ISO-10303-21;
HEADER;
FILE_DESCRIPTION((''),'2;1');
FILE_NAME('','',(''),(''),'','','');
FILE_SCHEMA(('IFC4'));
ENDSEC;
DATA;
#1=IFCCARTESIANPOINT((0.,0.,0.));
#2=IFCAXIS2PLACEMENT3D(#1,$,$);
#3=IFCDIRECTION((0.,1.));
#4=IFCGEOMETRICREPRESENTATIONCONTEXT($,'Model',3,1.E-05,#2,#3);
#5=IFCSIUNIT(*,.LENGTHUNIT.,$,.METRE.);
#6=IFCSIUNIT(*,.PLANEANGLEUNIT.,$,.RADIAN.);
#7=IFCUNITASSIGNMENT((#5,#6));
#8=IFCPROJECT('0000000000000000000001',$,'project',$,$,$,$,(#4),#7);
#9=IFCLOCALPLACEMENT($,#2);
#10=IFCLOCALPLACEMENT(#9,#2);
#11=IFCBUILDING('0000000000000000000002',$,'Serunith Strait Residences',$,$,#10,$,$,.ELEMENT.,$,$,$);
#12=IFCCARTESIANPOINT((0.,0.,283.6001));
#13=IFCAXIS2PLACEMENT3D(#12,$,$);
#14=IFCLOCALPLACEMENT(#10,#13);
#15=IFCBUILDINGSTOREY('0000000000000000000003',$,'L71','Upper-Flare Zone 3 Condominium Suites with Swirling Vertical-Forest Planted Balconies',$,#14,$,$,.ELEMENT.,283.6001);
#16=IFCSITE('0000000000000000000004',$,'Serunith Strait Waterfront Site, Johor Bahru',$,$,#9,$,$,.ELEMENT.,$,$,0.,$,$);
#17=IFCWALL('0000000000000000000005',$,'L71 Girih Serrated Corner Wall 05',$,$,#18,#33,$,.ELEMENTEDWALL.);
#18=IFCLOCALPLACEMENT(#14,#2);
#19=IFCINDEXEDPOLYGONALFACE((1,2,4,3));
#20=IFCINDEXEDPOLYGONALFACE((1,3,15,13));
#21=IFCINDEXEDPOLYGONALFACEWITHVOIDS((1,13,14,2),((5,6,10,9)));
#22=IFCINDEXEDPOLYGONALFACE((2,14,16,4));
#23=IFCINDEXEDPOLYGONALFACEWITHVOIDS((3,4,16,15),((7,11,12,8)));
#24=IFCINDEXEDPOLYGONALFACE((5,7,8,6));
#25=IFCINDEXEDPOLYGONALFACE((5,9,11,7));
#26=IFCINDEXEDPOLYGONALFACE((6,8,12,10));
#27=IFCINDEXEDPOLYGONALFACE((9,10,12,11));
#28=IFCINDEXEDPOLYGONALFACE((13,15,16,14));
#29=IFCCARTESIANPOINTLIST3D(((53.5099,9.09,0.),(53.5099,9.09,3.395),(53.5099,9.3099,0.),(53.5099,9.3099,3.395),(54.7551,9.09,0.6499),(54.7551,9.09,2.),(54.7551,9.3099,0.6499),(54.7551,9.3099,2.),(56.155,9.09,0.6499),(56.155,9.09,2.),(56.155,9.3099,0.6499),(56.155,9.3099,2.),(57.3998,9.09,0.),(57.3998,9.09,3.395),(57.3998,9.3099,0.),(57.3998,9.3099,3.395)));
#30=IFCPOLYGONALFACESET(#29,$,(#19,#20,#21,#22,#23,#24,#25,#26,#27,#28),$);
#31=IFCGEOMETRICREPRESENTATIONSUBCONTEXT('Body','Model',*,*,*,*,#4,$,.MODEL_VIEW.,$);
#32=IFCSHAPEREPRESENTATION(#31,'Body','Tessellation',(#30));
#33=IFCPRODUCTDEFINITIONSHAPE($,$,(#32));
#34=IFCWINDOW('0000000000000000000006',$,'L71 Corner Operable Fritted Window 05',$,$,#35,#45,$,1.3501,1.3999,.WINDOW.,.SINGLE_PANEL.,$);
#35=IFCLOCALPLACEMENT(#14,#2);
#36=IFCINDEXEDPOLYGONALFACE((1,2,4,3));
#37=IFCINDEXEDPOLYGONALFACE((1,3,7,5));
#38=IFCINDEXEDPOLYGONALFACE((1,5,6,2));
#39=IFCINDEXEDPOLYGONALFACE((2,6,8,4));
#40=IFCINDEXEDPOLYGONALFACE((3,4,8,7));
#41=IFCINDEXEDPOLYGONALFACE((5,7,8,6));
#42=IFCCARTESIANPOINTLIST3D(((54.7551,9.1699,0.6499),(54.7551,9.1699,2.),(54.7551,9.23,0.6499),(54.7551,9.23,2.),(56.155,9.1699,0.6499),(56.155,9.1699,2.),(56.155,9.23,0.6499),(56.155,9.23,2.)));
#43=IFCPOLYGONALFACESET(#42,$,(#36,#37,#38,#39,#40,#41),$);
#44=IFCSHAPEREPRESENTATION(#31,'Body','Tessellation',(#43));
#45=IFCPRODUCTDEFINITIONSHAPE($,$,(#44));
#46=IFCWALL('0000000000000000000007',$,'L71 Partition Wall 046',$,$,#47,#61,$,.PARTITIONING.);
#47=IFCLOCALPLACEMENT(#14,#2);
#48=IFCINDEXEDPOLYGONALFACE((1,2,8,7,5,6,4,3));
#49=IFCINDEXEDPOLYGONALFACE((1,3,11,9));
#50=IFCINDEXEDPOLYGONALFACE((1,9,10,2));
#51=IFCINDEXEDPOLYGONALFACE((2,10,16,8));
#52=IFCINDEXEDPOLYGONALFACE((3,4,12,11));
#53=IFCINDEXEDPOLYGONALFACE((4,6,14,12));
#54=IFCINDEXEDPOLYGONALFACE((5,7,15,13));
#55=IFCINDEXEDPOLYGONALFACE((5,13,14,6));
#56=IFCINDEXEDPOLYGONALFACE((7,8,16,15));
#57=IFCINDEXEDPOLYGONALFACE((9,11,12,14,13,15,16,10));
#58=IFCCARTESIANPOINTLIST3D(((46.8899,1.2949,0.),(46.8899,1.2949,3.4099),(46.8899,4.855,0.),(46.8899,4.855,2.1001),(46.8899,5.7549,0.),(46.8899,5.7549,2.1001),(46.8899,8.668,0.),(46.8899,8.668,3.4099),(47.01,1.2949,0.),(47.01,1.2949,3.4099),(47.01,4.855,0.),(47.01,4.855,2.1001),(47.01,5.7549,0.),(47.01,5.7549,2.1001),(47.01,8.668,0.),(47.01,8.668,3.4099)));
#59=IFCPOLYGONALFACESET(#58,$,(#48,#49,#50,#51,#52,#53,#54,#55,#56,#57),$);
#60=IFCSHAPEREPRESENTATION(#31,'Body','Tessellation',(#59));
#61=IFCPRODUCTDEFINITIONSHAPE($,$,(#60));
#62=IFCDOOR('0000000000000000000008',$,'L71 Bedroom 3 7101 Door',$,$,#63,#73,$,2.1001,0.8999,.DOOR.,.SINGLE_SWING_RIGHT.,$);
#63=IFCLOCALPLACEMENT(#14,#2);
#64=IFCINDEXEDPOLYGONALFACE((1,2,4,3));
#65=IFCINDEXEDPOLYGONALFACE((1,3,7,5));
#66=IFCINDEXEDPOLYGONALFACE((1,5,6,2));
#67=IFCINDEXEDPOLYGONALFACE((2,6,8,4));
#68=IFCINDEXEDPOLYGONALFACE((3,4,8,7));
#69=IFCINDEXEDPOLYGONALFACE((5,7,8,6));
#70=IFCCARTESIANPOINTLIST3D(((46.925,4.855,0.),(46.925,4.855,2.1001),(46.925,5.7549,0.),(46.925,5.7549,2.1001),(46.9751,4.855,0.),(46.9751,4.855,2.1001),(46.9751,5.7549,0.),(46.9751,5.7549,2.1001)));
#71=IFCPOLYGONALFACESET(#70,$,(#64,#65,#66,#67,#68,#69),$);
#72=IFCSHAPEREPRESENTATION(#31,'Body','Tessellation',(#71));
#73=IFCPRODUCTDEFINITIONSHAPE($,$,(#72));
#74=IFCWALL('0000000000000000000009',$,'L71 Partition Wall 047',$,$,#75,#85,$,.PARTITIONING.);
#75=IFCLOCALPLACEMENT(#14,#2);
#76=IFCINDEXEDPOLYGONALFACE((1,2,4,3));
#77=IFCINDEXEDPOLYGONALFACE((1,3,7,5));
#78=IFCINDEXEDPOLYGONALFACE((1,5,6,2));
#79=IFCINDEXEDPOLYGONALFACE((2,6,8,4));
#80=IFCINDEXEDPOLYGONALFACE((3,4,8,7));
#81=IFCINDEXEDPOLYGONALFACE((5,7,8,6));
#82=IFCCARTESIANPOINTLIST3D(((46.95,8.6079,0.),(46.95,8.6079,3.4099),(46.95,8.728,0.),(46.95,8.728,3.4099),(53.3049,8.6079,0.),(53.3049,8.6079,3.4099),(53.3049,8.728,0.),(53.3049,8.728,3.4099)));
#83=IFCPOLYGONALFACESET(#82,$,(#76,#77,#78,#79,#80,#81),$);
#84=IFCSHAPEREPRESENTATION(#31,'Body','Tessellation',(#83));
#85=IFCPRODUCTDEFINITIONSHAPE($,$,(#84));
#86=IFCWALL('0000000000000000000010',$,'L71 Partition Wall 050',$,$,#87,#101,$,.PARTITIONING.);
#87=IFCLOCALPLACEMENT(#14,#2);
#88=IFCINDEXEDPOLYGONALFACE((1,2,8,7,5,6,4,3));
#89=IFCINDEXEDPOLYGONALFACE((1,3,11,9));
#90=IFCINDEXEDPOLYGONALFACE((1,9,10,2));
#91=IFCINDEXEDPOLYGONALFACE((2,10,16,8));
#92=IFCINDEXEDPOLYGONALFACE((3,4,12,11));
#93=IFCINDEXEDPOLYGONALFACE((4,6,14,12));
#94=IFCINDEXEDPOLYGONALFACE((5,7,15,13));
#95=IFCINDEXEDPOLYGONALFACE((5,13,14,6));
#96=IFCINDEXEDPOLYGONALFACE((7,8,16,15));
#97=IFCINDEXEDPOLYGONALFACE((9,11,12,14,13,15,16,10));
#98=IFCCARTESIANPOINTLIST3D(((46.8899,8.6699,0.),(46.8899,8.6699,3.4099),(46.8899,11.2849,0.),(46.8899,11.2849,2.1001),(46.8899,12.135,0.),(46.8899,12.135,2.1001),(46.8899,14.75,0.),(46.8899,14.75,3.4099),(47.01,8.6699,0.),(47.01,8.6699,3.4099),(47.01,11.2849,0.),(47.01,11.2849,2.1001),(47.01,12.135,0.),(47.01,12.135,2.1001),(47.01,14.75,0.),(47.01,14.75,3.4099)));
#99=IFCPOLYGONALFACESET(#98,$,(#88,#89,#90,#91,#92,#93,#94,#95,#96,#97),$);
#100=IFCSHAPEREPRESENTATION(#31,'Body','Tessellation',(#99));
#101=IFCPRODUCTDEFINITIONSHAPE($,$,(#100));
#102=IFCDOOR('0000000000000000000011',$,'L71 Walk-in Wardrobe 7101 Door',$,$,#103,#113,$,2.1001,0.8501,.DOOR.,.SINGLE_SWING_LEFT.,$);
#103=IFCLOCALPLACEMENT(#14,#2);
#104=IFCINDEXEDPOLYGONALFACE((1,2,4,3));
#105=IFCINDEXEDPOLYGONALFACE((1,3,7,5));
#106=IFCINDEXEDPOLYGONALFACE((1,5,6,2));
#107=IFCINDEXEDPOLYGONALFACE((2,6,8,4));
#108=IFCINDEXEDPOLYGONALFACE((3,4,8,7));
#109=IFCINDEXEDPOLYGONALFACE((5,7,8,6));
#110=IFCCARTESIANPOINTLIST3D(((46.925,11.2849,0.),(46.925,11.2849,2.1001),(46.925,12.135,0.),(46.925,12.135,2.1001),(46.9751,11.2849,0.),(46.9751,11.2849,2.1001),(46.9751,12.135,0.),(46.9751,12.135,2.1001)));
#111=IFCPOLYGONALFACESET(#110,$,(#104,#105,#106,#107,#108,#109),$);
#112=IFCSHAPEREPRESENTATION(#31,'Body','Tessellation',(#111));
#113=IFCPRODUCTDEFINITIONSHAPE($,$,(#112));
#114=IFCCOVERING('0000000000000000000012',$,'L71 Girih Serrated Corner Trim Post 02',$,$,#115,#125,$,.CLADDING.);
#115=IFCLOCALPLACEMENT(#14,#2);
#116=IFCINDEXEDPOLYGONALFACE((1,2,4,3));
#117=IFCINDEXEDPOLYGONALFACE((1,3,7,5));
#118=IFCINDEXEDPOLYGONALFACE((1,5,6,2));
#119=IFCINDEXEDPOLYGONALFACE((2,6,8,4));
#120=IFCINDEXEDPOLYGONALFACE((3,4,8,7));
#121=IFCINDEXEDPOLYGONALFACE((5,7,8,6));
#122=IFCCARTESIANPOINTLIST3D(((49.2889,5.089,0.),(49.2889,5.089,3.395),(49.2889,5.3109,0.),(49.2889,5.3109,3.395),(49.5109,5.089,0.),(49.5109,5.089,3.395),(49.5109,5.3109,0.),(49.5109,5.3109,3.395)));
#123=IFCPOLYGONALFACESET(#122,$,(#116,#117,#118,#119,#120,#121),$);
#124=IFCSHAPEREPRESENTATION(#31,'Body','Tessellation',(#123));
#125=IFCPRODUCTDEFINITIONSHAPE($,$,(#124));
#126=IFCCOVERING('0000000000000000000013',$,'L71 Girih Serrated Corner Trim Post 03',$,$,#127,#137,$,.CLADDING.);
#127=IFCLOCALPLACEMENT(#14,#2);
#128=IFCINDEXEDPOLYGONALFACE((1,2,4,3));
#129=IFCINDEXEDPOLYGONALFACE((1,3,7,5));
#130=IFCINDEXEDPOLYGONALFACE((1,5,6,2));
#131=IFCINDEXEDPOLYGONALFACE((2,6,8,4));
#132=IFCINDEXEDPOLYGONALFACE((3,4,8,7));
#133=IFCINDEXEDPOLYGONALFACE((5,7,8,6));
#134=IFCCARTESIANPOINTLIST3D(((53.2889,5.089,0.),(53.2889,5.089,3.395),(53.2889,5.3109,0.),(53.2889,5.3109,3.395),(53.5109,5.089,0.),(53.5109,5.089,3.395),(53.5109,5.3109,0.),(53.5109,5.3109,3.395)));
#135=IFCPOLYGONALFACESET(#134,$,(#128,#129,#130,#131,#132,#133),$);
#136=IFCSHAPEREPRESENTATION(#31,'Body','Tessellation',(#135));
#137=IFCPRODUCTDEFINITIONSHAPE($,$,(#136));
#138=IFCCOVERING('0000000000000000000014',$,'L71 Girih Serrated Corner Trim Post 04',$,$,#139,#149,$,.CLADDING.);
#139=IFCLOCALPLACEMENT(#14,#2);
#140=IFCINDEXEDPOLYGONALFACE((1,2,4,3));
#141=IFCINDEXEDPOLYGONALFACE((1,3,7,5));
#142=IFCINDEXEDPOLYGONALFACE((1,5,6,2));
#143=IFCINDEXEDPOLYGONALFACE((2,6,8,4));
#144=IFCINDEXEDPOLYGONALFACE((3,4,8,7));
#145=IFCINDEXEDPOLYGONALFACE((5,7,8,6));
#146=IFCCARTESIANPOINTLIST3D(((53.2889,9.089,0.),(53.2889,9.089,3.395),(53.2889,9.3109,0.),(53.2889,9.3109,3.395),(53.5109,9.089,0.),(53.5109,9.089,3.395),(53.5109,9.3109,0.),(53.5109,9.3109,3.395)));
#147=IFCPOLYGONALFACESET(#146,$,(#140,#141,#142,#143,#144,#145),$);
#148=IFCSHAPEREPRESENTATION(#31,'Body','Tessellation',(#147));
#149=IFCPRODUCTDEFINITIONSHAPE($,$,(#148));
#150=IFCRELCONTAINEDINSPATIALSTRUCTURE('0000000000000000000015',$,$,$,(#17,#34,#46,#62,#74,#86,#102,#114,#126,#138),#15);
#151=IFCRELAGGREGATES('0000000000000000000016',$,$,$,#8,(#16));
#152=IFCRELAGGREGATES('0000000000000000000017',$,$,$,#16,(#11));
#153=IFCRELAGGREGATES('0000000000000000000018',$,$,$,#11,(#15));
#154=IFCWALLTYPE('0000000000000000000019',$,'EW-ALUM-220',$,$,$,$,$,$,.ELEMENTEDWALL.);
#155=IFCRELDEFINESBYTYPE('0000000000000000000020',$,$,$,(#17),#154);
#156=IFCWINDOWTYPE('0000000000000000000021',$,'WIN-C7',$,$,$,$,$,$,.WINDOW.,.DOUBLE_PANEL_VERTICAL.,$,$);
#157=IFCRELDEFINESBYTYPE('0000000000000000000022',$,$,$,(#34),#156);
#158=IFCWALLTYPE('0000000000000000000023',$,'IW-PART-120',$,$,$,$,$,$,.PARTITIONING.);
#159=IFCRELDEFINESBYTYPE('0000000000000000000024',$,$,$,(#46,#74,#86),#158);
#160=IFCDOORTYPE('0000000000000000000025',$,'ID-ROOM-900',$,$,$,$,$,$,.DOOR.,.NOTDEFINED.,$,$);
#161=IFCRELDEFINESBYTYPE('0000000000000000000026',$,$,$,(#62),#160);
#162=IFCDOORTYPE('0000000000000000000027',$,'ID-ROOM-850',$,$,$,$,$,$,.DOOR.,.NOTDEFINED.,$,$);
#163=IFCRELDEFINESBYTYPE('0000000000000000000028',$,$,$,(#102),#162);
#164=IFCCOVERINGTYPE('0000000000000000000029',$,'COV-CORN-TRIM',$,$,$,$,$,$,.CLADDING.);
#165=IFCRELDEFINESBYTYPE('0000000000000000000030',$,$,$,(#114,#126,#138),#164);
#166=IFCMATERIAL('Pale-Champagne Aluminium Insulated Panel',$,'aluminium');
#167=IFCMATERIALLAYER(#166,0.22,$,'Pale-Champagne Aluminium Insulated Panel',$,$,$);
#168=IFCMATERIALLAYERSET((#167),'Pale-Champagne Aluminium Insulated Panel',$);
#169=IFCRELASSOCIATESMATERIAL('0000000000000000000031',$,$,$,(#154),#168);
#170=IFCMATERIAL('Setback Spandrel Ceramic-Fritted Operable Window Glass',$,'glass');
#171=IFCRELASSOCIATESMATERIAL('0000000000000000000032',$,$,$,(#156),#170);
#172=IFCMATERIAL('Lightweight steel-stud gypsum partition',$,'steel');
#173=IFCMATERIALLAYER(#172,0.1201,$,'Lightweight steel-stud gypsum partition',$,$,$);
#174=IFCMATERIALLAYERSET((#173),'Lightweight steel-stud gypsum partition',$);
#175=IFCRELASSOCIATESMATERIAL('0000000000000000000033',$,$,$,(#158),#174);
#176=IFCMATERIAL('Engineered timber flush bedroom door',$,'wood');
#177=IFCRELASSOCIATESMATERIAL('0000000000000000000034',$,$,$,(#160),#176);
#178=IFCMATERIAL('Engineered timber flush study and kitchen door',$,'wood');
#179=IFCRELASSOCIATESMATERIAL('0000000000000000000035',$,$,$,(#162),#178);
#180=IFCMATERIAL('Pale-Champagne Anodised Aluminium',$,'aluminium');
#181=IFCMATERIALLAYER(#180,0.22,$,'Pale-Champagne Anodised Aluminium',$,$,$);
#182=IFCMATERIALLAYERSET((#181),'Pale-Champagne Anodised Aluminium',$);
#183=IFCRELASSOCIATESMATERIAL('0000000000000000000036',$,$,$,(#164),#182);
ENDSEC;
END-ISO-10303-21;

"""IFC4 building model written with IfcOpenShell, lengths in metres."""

from ifc_helpers import new_model, si_unit, direction, frame, frame_2d, origin, origin_2d, place, context, subcontext, project, spatial, rectangle, extrude, source, transform, mapped, material, layer, layer_set, type_object, element, fill, save


model = new_model("IFC4")

# Units and contexts
model_context = context("Model", 3, precision=1e-05, world=origin(), true_north=direction((0.0, 1.0)))
body_context = subcontext(model_context, "Body", "Model", "MODEL_VIEW")
ifc_project = project(units=[si_unit("LENGTHUNIT", "METRE"), si_unit("PLANEANGLEUNIT", "RADIAN")], contexts=[model_context])

# Site, building, storey
site_placement = place(None, origin())
site = spatial("IfcSite", under=ifc_project, at=site_placement, Name="Serunith Strait Waterfront Site, Johor Bahru", CompositionType="ELEMENT", RefElevation=0.0)
building_placement = place(site_placement, origin())
building = spatial("IfcBuilding", under=site, at=building_placement, Name="Serunith Strait Residences", CompositionType="ELEMENT")
storey_placement = place(building_placement, frame((0.0, 0.0, 283.6001)))
storey = spatial("IfcBuildingStorey", under=building, at=storey_placement, Name="L71", Description="Upper-Flare Zone 3 Condominium Suites with Swirling Vertical-Forest Planted Balconies", CompositionType="ELEMENT", Elevation=283.6001)

# Shared definitions
ifc_material_1 = material(Name="Pale-Champagne Anodised Aluminium", Category="aluminium")

# Wall, opening, window
ifc_material_2 = material(Name="Pale-Champagne Aluminium Insulated Panel", Category="aluminium")
ifc_layer_1 = layer(ifc_material_2, 0.22, Name="Pale-Champagne Aluminium Insulated Panel")
ifc_layer_set_1 = layer_set([ifc_layer_1], Name="Pale-Champagne Aluminium Insulated Panel")
wall_type_1 = type_object("IfcWallType", Name="EW-ALUM-220", PredefinedType="ELEMENTEDWALL", material=ifc_layer_set_1)
ifc_material_3 = material(Name="Setback Spandrel Ceramic-Fritted Operable Window Glass", Category="glass")
window_type = type_object("IfcWindowType", Name="WIN-C7", PartitioningType="DOUBLE_PANEL_VERTICAL", PredefinedType="WINDOW", material=ifc_material_3)
shared_shape_1 = source(origin(), body_context, "Body", "SweptSolid", [
    extrude(rectangle(XDim=1.3999, YDim=1.3501, at=frame_2d((0.7, 0.675))), frame((0.0, 0.03, 0.0), z_axis=(0.0, -1.0, 0.0), x_axis=(1.0, 0.0, 0.0)), (0.0, 0.0, 1.0), 0.0601),
])
wall_1_placement = place(storey_placement, frame((53.51, 9.2, 0.0), z_axis=(0.0, 0.0, 1.0), x_axis=(1.0, 0.0, 0.0)))
wall_1 = element("IfcWall", 1, at=wall_1_placement, inside=storey, type_object=wall_type_1, Name="L71 Girih Serrated Corner Wall 05", PredefinedType="ELEMENTEDWALL", context=body_context, shape_type="SweptSolid", body=[
    extrude(rectangle(XDim=3.8899, YDim=0.22, at=frame_2d((1.9448, 0.0))), origin(), (0.0, 0.0, 1.0), 3.395),
])
opening_1_placement = place(wall_1_placement, frame((1.2451, 0.0, 0.6499)))
opening_1 = element("IfcOpeningElement", 2, at=opening_1_placement, cuts=wall_1, PredefinedType="OPENING", context=body_context, shape_type="SweptSolid", body=[
    extrude(rectangle(XDim=1.3999, YDim=1.3501, at=frame_2d((0.7, 0.675))), frame((0.0, 0.1201, 0.0), z_axis=(0.0, -1.0, 0.0), x_axis=(1.0, 0.0, 0.0)), (0.0, 0.0, 1.0), 0.24),
])
window_1_placement = place(opening_1_placement, origin())
window_1 = element("IfcWindow", 3, at=window_1_placement, inside=storey, type_object=window_type, Name="L71 Corner Operable Fritted Window 05", OverallHeight=1.3501, OverallWidth=1.3999, PartitioningType="SINGLE_PANEL", PredefinedType="WINDOW", context=body_context, shape_type="MappedRepresentation", body=[
    mapped(shared_shape_1, transform((0.0, 0.0, 0.0), scale=1.0)),
])
fill(opening_1, window_1)

# Wall, opening, door
ifc_material_4 = material(Name="Lightweight steel-stud gypsum partition", Category="steel")
ifc_layer_2 = layer(ifc_material_4, 0.1201, Name="Lightweight steel-stud gypsum partition")
ifc_layer_set_2 = layer_set([ifc_layer_2], Name="Lightweight steel-stud gypsum partition")
wall_type_2 = type_object("IfcWallType", Name="IW-PART-120", PredefinedType="PARTITIONING", material=ifc_layer_set_2)
wall_2_placement = place(storey_placement, frame((46.95, 1.2949, 0.0), z_axis=(0.0, 0.0, 1.0), x_axis=(0.0, 1.0, 0.0)))
wall_2 = element("IfcWall", 4, at=wall_2_placement, inside=storey, type_object=wall_type_2, Name="L71 Partition Wall 046", PredefinedType="PARTITIONING", context=body_context, shape_type="SweptSolid", body=[
    extrude(rectangle(XDim=7.373, YDim=0.1201, at=frame_2d((3.6865, 0.0))), origin(), (0.0, 0.0, 1.0), 3.4099),
])
opening_2_placement = place(wall_2_placement, frame((3.5601, 0.0, 0.0)))
opening_2 = element("IfcOpeningElement", 5, at=opening_2_placement, cuts=wall_2, PredefinedType="OPENING", context=body_context, shape_type="SweptSolid", body=[
    extrude(rectangle(XDim=0.8999, YDim=2.1001, at=frame_2d((0.45, 1.05))), frame((0.0, 0.0701, 0.0), z_axis=(0.0, -1.0, 0.0), x_axis=(1.0, 0.0, 0.0)), (0.0, 0.0, 1.0), 0.1401),
])
ifc_material_5 = material(Name="Engineered timber flush bedroom door", Category="wood")
door_type_1 = type_object("IfcDoorType", Name="ID-ROOM-900", OperationType="NOTDEFINED", PredefinedType="DOOR", material=ifc_material_5)
shared_shape_2 = source(origin(), body_context, "Body", "SweptSolid", [
    extrude(rectangle(XDim=0.8999, YDim=2.1001, at=frame_2d((0.45, 1.05))), frame((0.0, 0.0249, 0.0), z_axis=(0.0, -1.0, 0.0), x_axis=(1.0, 0.0, 0.0)), (0.0, 0.0, 1.0), 0.05),
])
door_1_placement = place(opening_2_placement, origin())
door_1 = element("IfcDoor", 6, at=door_1_placement, inside=storey, type_object=door_type_1, Name="L71 Bedroom 3 7101 Door", OperationType="SINGLE_SWING_RIGHT", OverallHeight=2.1001, OverallWidth=0.8999, PredefinedType="DOOR", context=body_context, shape_type="MappedRepresentation", body=[
    mapped(shared_shape_2, transform((0.0, 0.0, 0.0), scale=1.0)),
])
fill(opening_2, door_1)

# Wall
wall_3_placement = place(storey_placement, frame((46.95, 8.668, 0.0), z_axis=(0.0, 0.0, 1.0), x_axis=(1.0, 0.0, 0.0)))
element("IfcWall", 7, at=wall_3_placement, inside=storey, type_object=wall_type_2, Name="L71 Partition Wall 047", PredefinedType="PARTITIONING", context=body_context, shape_type="SweptSolid", body=[
    extrude(rectangle(XDim=6.355, YDim=0.1201, at=frame_2d((3.1775, 0.0))), origin(), (0.0, 0.0, 1.0), 3.4099),
])

# Wall, opening, door
wall_4_placement = place(storey_placement, frame((46.95, 8.6699, 0.0), z_axis=(0.0, 0.0, 1.0), x_axis=(0.0, 1.0, 0.0)))
wall_4 = element("IfcWall", 8, at=wall_4_placement, inside=storey, type_object=wall_type_2, Name="L71 Partition Wall 050", PredefinedType="PARTITIONING", context=body_context, shape_type="SweptSolid", body=[
    extrude(rectangle(XDim=6.0801, YDim=0.1201, at=frame_2d((3.04, 0.0))), origin(), (0.0, 0.0, 1.0), 3.4099),
])
opening_3_placement = place(wall_4_placement, frame((2.615, 0.0, 0.0)))
opening_3 = element("IfcOpeningElement", 9, at=opening_3_placement, cuts=wall_4, PredefinedType="OPENING", context=body_context, shape_type="SweptSolid", body=[
    extrude(rectangle(XDim=0.8501, YDim=2.1001, at=frame_2d((0.425, 1.05))), frame((0.0, 0.0701, 0.0), z_axis=(0.0, -1.0, 0.0), x_axis=(1.0, 0.0, 0.0)), (0.0, 0.0, 1.0), 0.1401),
])
ifc_material_6 = material(Name="Engineered timber flush study and kitchen door", Category="wood")
door_type_2 = type_object("IfcDoorType", Name="ID-ROOM-850", OperationType="NOTDEFINED", PredefinedType="DOOR", material=ifc_material_6)
shared_shape_3 = source(origin(), body_context, "Body", "SweptSolid", [
    extrude(rectangle(XDim=0.8501, YDim=2.1001, at=frame_2d((0.425, 1.05))), frame((0.0, 0.0249, 0.0), z_axis=(0.0, -1.0, 0.0), x_axis=(1.0, 0.0, 0.0)), (0.0, 0.0, 1.0), 0.05),
])
door_2_placement = place(opening_3_placement, origin())
door_2 = element("IfcDoor", 10, at=door_2_placement, inside=storey, type_object=door_type_2, Name="L71 Walk-in Wardrobe 7101 Door", OperationType="SINGLE_SWING_LEFT", OverallHeight=2.1001, OverallWidth=0.8501, PredefinedType="DOOR", context=body_context, shape_type="MappedRepresentation", body=[
    mapped(shared_shape_3, transform((0.0, 0.0, 0.0), scale=1.0)),
])
fill(opening_3, door_2)

# Coverings
ifc_layer_3 = layer(ifc_material_1, 0.22, Name="Pale-Champagne Anodised Aluminium")
ifc_layer_set_3 = layer_set([ifc_layer_3], Name="Pale-Champagne Anodised Aluminium")
covering_type = type_object("IfcCoveringType", Name="COV-CORN-TRIM", PredefinedType="CLADDING", material=ifc_layer_set_3)
shared_shape_4 = source(origin(), body_context, "Body", "SweptSolid", [
    extrude(rectangle(XDim=0.2219, YDim=0.2219, at=origin_2d()), origin(), (0.0, 0.0, 1.0), 3.395),
])
for number, where, z_axis, x_axis, name in (
    (11, (49.3999, 5.2, 0.0), (0.0, 0.0, 1.0), (1.0, 0.0, 0.0), "L71 Girih Serrated Corner Trim Post 02"),
    (12, (53.3999, 5.2, 0.0), (0.0, 0.0, 1.0), (1.0, 0.0, 0.0), "L71 Girih Serrated Corner Trim Post 03"),
    (13, (53.3999, 9.2, 0.0), (0.0, 0.0, 1.0), (1.0, 0.0, 0.0), "L71 Girih Serrated Corner Trim Post 04"),
):
    element("IfcCovering", number, at=place(storey_placement, frame(where, z_axis=z_axis, x_axis=x_axis)), inside=storey, type_object=covering_type, Name=name, PredefinedType="CLADDING", context=body_context, shape_type="MappedRepresentation", body=[
        mapped(shared_shape_4, transform((0.0, 0.0, 0.0), scale=1.0)),
    ])

save(model, "model.ifc")
